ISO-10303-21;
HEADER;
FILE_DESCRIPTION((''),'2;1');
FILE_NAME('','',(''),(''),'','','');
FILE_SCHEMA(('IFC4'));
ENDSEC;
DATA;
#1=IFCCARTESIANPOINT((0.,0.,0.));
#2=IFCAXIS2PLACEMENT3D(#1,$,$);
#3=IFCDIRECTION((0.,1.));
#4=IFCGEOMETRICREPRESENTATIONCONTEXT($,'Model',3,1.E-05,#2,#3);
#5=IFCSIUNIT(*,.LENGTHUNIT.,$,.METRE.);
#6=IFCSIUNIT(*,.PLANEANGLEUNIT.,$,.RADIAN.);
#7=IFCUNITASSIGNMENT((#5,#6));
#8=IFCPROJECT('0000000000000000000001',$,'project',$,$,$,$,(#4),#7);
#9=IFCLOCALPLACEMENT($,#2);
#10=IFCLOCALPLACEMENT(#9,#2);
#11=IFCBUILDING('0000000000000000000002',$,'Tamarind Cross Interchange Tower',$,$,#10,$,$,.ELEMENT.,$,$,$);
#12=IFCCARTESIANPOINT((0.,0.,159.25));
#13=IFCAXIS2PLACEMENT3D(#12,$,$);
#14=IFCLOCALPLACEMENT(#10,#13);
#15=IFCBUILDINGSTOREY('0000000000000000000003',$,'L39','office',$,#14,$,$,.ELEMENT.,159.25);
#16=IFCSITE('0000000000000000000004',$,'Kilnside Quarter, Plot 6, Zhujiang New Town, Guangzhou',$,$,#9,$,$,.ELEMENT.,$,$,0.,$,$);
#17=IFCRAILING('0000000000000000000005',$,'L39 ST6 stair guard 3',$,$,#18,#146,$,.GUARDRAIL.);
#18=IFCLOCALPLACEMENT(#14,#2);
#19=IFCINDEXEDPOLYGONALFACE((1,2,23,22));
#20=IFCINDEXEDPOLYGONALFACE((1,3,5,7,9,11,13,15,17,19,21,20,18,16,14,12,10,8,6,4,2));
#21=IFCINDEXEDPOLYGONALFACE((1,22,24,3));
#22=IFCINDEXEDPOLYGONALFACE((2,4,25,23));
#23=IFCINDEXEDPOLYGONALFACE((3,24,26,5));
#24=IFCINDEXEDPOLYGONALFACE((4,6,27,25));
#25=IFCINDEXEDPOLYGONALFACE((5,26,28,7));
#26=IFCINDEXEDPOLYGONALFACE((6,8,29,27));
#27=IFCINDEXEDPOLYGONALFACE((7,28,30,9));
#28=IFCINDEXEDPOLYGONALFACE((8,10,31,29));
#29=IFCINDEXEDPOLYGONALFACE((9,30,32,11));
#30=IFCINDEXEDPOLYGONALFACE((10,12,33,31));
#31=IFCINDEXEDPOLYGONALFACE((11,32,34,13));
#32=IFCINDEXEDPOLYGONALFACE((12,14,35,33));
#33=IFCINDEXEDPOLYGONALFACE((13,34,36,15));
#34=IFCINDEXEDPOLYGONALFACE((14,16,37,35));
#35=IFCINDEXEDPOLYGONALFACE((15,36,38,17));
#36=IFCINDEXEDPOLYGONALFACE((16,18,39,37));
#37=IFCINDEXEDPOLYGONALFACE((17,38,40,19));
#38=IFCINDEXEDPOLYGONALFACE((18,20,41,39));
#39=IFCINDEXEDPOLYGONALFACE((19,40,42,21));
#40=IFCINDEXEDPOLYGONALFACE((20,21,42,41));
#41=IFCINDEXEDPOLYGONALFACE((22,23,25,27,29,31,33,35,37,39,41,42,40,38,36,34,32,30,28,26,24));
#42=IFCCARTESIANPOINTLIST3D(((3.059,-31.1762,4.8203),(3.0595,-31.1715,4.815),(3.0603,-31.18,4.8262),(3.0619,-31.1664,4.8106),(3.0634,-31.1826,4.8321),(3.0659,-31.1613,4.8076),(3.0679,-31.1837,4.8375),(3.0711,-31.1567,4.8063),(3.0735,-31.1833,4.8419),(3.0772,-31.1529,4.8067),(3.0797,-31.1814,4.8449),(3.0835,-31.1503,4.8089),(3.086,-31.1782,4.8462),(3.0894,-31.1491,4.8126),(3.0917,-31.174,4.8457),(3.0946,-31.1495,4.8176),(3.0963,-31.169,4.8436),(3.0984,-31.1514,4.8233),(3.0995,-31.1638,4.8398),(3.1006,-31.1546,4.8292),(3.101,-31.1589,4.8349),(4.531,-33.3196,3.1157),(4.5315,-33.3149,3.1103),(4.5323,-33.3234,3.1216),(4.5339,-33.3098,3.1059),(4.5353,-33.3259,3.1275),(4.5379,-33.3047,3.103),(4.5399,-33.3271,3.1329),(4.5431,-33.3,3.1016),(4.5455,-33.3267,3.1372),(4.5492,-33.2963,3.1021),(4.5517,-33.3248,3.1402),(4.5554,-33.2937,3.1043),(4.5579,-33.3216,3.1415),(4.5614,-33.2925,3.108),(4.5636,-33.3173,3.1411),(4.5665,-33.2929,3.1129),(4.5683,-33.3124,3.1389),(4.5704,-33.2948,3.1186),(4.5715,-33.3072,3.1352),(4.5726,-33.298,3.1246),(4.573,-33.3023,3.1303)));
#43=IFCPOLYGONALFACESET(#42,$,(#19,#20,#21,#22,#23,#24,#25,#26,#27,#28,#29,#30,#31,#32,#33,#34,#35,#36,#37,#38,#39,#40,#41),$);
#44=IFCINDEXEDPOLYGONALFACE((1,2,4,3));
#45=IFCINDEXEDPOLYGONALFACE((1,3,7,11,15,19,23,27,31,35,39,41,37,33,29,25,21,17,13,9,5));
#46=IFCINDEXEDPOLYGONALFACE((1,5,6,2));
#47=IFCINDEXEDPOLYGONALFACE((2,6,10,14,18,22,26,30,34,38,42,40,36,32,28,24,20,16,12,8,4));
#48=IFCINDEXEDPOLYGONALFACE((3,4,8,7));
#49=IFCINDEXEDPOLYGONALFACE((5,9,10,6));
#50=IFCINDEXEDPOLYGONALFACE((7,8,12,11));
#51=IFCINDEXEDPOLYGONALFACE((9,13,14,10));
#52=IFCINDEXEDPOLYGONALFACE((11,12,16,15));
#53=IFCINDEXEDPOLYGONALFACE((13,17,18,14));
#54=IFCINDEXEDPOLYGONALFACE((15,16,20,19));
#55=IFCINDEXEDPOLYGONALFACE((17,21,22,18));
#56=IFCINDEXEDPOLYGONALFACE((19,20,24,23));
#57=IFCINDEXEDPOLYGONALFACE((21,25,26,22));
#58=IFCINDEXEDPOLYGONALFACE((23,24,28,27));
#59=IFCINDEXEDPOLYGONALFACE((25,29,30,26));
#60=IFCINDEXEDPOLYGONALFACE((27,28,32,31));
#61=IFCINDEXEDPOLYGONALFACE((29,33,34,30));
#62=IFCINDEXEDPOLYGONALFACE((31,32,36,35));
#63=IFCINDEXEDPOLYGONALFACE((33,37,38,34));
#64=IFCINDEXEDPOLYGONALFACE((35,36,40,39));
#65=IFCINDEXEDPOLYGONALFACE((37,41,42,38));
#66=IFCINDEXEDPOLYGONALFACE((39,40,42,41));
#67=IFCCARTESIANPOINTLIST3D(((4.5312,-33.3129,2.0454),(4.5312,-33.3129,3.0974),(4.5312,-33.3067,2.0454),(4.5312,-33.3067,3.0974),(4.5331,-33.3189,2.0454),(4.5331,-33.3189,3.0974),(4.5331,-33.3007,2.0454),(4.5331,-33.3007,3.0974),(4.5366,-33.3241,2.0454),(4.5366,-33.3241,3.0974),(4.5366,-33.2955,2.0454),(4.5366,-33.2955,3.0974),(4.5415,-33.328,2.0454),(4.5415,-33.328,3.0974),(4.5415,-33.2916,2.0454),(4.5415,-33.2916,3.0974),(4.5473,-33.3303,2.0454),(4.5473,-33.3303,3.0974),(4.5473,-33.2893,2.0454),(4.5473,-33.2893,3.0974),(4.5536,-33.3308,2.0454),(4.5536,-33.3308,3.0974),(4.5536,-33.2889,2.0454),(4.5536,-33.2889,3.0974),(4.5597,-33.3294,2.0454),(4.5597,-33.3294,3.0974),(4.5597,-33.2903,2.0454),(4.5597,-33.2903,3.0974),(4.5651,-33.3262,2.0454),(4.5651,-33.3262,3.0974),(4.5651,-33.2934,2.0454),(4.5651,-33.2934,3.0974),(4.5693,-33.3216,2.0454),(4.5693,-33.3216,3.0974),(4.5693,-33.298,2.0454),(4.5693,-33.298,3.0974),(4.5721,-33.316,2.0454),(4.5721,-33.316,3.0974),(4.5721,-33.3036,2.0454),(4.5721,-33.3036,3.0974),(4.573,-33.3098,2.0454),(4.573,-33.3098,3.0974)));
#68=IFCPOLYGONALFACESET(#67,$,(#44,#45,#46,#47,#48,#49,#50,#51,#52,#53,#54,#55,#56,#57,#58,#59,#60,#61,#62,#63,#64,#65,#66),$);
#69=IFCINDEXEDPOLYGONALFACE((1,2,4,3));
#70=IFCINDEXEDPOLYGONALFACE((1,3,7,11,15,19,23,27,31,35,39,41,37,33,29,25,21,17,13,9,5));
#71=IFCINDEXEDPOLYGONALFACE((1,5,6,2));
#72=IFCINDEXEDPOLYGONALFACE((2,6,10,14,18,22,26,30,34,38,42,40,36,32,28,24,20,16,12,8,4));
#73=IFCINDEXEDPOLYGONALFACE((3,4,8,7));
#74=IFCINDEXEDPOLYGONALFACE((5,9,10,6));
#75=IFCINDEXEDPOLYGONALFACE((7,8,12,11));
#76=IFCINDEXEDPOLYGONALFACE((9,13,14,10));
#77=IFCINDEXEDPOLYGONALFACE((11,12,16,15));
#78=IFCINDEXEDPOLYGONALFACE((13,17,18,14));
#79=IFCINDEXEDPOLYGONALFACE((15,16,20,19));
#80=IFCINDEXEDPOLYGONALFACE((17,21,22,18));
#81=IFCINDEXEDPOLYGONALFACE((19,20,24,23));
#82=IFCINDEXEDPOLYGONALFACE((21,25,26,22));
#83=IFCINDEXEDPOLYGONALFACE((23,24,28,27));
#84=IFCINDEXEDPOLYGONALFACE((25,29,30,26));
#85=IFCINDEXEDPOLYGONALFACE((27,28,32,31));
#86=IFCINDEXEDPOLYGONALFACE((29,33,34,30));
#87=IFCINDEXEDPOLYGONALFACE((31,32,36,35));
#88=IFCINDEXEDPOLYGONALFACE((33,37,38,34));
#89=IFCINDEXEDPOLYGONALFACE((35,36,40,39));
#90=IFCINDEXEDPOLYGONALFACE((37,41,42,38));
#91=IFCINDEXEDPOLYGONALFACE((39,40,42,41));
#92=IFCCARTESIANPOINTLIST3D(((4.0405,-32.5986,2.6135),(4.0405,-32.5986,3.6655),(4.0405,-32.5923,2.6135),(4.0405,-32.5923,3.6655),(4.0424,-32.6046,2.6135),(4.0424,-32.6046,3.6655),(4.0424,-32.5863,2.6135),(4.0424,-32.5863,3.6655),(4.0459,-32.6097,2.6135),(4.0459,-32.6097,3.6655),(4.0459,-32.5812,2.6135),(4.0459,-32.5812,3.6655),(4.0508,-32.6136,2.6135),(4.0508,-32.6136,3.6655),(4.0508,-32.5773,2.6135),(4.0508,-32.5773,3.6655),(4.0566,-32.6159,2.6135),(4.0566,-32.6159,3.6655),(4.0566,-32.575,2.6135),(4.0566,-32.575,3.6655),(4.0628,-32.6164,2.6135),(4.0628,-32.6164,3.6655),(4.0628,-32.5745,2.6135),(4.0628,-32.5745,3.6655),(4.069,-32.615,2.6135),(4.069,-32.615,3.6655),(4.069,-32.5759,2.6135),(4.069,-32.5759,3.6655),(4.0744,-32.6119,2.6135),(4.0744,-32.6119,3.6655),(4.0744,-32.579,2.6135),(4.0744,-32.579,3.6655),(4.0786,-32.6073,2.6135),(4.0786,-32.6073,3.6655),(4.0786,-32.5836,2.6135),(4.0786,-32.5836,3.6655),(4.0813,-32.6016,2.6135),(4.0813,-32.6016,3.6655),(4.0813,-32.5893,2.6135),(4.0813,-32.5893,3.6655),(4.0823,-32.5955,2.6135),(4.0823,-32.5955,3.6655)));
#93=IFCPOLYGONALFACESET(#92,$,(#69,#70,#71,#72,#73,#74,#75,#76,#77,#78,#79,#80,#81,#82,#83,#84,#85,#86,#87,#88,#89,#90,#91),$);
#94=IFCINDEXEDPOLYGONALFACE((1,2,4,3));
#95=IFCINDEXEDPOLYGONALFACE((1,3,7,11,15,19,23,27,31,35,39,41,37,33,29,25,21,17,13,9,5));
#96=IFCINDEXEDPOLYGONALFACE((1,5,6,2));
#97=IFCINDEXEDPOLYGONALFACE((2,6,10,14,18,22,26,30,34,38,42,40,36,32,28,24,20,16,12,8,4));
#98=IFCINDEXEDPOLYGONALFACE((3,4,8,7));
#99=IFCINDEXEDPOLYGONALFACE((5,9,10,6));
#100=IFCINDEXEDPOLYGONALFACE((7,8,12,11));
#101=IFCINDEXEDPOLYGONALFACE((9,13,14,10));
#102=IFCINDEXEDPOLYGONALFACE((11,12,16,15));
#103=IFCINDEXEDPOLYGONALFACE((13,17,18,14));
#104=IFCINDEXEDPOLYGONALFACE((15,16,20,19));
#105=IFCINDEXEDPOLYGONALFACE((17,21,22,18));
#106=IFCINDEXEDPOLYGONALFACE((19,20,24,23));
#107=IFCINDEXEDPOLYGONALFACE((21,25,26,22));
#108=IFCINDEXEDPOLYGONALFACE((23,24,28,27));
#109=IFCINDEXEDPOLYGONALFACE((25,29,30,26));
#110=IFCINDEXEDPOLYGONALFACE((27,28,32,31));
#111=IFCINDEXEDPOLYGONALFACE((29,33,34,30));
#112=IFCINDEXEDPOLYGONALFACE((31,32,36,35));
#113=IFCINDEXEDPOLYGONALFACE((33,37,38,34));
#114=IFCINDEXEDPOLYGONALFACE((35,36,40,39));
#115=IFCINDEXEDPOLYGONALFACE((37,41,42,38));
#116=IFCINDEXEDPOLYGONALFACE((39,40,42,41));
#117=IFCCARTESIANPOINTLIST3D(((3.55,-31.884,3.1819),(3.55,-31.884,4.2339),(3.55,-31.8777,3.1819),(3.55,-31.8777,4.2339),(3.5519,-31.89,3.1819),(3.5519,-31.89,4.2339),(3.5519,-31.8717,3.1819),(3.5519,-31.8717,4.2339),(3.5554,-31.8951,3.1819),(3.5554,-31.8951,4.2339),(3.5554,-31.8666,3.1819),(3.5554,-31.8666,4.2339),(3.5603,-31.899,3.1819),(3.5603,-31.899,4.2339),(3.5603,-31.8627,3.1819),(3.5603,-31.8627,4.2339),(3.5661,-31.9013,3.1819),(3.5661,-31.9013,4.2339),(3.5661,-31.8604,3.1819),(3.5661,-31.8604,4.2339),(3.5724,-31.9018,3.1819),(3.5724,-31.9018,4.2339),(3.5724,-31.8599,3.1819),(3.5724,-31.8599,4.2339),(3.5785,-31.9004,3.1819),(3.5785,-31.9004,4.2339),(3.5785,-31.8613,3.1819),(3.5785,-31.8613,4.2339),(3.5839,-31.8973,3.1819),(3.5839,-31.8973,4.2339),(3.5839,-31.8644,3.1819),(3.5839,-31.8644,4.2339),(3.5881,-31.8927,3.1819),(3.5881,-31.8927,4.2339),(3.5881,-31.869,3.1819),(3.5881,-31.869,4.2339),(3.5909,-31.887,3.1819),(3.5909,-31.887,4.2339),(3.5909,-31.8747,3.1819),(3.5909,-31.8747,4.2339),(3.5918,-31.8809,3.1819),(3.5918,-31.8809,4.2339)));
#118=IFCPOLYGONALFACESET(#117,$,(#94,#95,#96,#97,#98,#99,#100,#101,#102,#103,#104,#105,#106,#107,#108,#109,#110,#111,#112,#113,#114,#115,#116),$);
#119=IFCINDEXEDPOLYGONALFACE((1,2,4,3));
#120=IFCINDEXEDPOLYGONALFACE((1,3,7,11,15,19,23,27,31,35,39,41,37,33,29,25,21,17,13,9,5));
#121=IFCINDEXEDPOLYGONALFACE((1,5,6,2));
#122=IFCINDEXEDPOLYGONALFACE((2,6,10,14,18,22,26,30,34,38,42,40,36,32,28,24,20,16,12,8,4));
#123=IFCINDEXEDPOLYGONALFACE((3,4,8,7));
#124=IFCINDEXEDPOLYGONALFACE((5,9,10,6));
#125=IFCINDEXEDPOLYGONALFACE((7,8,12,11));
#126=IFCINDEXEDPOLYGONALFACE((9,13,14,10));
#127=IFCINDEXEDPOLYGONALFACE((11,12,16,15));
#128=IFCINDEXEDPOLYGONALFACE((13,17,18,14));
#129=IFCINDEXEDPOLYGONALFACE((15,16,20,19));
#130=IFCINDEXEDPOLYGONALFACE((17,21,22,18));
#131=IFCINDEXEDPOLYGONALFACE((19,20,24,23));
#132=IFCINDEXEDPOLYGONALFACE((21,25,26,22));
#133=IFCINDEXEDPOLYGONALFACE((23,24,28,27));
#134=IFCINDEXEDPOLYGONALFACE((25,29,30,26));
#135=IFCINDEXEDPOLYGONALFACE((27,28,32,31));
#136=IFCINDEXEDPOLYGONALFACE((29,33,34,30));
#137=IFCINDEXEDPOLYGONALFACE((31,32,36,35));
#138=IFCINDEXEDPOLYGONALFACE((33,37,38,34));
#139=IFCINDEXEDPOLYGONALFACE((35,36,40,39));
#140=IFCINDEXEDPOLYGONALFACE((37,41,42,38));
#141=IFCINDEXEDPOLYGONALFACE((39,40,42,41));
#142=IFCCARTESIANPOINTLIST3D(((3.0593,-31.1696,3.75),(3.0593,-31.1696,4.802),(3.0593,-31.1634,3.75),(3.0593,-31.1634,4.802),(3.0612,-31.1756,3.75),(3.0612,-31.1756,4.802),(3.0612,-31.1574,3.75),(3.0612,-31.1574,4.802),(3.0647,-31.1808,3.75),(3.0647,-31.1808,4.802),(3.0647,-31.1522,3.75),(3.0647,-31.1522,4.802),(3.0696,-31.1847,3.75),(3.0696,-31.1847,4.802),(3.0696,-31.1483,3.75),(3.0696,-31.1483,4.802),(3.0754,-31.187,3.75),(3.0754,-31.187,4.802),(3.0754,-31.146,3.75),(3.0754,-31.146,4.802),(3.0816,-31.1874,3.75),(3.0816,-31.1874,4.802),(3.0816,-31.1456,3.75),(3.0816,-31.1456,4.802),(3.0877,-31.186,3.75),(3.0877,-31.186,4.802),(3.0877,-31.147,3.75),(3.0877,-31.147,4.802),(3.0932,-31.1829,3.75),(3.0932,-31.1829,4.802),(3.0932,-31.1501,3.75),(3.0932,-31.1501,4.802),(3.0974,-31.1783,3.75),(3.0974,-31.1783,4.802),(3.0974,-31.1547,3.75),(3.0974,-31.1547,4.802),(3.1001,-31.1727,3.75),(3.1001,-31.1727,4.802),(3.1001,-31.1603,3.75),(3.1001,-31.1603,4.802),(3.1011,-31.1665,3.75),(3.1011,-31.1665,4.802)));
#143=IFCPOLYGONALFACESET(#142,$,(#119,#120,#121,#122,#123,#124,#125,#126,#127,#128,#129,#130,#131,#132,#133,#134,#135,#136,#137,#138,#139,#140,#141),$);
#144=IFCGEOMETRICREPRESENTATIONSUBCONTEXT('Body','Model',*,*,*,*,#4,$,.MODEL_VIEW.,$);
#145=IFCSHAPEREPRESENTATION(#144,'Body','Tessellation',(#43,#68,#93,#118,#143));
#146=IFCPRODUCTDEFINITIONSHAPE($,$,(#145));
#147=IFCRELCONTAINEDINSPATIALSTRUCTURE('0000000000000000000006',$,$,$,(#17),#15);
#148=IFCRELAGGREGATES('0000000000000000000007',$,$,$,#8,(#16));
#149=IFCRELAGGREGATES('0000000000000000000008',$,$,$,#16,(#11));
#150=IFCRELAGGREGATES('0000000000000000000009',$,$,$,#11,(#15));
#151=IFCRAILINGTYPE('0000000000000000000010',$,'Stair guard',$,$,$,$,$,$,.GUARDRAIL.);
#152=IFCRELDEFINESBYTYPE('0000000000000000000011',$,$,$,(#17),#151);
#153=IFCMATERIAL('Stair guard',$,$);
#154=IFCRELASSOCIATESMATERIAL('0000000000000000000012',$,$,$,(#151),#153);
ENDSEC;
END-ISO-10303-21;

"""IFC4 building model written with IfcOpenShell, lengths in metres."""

from ifc_helpers import new_model, si_unit, direction, frame, origin, origin_2d, place, context, subcontext, project, spatial, circle, extrude, material, type_object, element, save


model = new_model("IFC4")

# Units and contexts
model_context = context("Model", 3, precision=1e-05, world=origin(), true_north=direction((0.0, 1.0)))
body_context = subcontext(model_context, "Body", "Model", "MODEL_VIEW")
ifc_project = project(units=[si_unit("LENGTHUNIT", "METRE"), si_unit("PLANEANGLEUNIT", "RADIAN")], contexts=[model_context])

# Site, building, storey
site_placement = place(None, origin())
site = spatial("IfcSite", under=ifc_project, at=site_placement, Name="Kilnside Quarter, Plot 6, Zhujiang New Town, Guangzhou", CompositionType="ELEMENT", RefElevation=0.0)
building_placement = place(site_placement, origin())
building = spatial("IfcBuilding", under=site, at=building_placement, Name="Tamarind Cross Interchange Tower", CompositionType="ELEMENT")
storey_placement = place(building_placement, frame((0.0, 0.0, 159.25)))
storey = spatial("IfcBuildingStorey", under=building, at=storey_placement, Name="L39", Description="office", CompositionType="ELEMENT", Elevation=159.25)

# Railing
ifc_material_1 = material(Name="Stair guard")
railing_type_1 = type_object("IfcRailingType", Name="Stair guard", PredefinedType="GUARDRAIL", material=ifc_material_1)
railing_1_placement = place(storey_placement, frame((4.552, -33.3098, 2.0454)))
element("IfcRailing", 1, at=railing_1_placement, inside=storey, type_object=railing_type_1, Name="L39 ST6 stair guard 3", PredefinedType="GUARDRAIL", context=body_context, shape_type="SweptSolid", body=[
    extrude(circle(Radius=0.0239, at=origin_2d()), frame((0.0, 0.0, 1.0762), z_axis=(-0.473438, 0.689386, 0.548274), x_axis=(-0.824329, -0.56611, 0.0)), (0.0, 0.0, 1.0), 3.1091),
    extrude(circle(Radius=0.021, at=origin_2d()), origin(), (0.0, 0.0, 1.0), 1.052),
    extrude(circle(Radius=0.021, at=origin_2d()), frame((-0.4907, 0.7144, 0.5681)), (0.0, 0.0, 1.0), 1.052),
    extrude(circle(Radius=0.021, at=origin_2d()), frame((-0.9812, 1.429, 1.1365)), (0.0, 0.0, 1.0), 1.052),
    extrude(circle(Radius=0.021, at=origin_2d()), frame((-1.4719, 2.1433, 1.7046)), (0.0, 0.0, 1.0), 1.052),
])

save(model, "model.ifc")
